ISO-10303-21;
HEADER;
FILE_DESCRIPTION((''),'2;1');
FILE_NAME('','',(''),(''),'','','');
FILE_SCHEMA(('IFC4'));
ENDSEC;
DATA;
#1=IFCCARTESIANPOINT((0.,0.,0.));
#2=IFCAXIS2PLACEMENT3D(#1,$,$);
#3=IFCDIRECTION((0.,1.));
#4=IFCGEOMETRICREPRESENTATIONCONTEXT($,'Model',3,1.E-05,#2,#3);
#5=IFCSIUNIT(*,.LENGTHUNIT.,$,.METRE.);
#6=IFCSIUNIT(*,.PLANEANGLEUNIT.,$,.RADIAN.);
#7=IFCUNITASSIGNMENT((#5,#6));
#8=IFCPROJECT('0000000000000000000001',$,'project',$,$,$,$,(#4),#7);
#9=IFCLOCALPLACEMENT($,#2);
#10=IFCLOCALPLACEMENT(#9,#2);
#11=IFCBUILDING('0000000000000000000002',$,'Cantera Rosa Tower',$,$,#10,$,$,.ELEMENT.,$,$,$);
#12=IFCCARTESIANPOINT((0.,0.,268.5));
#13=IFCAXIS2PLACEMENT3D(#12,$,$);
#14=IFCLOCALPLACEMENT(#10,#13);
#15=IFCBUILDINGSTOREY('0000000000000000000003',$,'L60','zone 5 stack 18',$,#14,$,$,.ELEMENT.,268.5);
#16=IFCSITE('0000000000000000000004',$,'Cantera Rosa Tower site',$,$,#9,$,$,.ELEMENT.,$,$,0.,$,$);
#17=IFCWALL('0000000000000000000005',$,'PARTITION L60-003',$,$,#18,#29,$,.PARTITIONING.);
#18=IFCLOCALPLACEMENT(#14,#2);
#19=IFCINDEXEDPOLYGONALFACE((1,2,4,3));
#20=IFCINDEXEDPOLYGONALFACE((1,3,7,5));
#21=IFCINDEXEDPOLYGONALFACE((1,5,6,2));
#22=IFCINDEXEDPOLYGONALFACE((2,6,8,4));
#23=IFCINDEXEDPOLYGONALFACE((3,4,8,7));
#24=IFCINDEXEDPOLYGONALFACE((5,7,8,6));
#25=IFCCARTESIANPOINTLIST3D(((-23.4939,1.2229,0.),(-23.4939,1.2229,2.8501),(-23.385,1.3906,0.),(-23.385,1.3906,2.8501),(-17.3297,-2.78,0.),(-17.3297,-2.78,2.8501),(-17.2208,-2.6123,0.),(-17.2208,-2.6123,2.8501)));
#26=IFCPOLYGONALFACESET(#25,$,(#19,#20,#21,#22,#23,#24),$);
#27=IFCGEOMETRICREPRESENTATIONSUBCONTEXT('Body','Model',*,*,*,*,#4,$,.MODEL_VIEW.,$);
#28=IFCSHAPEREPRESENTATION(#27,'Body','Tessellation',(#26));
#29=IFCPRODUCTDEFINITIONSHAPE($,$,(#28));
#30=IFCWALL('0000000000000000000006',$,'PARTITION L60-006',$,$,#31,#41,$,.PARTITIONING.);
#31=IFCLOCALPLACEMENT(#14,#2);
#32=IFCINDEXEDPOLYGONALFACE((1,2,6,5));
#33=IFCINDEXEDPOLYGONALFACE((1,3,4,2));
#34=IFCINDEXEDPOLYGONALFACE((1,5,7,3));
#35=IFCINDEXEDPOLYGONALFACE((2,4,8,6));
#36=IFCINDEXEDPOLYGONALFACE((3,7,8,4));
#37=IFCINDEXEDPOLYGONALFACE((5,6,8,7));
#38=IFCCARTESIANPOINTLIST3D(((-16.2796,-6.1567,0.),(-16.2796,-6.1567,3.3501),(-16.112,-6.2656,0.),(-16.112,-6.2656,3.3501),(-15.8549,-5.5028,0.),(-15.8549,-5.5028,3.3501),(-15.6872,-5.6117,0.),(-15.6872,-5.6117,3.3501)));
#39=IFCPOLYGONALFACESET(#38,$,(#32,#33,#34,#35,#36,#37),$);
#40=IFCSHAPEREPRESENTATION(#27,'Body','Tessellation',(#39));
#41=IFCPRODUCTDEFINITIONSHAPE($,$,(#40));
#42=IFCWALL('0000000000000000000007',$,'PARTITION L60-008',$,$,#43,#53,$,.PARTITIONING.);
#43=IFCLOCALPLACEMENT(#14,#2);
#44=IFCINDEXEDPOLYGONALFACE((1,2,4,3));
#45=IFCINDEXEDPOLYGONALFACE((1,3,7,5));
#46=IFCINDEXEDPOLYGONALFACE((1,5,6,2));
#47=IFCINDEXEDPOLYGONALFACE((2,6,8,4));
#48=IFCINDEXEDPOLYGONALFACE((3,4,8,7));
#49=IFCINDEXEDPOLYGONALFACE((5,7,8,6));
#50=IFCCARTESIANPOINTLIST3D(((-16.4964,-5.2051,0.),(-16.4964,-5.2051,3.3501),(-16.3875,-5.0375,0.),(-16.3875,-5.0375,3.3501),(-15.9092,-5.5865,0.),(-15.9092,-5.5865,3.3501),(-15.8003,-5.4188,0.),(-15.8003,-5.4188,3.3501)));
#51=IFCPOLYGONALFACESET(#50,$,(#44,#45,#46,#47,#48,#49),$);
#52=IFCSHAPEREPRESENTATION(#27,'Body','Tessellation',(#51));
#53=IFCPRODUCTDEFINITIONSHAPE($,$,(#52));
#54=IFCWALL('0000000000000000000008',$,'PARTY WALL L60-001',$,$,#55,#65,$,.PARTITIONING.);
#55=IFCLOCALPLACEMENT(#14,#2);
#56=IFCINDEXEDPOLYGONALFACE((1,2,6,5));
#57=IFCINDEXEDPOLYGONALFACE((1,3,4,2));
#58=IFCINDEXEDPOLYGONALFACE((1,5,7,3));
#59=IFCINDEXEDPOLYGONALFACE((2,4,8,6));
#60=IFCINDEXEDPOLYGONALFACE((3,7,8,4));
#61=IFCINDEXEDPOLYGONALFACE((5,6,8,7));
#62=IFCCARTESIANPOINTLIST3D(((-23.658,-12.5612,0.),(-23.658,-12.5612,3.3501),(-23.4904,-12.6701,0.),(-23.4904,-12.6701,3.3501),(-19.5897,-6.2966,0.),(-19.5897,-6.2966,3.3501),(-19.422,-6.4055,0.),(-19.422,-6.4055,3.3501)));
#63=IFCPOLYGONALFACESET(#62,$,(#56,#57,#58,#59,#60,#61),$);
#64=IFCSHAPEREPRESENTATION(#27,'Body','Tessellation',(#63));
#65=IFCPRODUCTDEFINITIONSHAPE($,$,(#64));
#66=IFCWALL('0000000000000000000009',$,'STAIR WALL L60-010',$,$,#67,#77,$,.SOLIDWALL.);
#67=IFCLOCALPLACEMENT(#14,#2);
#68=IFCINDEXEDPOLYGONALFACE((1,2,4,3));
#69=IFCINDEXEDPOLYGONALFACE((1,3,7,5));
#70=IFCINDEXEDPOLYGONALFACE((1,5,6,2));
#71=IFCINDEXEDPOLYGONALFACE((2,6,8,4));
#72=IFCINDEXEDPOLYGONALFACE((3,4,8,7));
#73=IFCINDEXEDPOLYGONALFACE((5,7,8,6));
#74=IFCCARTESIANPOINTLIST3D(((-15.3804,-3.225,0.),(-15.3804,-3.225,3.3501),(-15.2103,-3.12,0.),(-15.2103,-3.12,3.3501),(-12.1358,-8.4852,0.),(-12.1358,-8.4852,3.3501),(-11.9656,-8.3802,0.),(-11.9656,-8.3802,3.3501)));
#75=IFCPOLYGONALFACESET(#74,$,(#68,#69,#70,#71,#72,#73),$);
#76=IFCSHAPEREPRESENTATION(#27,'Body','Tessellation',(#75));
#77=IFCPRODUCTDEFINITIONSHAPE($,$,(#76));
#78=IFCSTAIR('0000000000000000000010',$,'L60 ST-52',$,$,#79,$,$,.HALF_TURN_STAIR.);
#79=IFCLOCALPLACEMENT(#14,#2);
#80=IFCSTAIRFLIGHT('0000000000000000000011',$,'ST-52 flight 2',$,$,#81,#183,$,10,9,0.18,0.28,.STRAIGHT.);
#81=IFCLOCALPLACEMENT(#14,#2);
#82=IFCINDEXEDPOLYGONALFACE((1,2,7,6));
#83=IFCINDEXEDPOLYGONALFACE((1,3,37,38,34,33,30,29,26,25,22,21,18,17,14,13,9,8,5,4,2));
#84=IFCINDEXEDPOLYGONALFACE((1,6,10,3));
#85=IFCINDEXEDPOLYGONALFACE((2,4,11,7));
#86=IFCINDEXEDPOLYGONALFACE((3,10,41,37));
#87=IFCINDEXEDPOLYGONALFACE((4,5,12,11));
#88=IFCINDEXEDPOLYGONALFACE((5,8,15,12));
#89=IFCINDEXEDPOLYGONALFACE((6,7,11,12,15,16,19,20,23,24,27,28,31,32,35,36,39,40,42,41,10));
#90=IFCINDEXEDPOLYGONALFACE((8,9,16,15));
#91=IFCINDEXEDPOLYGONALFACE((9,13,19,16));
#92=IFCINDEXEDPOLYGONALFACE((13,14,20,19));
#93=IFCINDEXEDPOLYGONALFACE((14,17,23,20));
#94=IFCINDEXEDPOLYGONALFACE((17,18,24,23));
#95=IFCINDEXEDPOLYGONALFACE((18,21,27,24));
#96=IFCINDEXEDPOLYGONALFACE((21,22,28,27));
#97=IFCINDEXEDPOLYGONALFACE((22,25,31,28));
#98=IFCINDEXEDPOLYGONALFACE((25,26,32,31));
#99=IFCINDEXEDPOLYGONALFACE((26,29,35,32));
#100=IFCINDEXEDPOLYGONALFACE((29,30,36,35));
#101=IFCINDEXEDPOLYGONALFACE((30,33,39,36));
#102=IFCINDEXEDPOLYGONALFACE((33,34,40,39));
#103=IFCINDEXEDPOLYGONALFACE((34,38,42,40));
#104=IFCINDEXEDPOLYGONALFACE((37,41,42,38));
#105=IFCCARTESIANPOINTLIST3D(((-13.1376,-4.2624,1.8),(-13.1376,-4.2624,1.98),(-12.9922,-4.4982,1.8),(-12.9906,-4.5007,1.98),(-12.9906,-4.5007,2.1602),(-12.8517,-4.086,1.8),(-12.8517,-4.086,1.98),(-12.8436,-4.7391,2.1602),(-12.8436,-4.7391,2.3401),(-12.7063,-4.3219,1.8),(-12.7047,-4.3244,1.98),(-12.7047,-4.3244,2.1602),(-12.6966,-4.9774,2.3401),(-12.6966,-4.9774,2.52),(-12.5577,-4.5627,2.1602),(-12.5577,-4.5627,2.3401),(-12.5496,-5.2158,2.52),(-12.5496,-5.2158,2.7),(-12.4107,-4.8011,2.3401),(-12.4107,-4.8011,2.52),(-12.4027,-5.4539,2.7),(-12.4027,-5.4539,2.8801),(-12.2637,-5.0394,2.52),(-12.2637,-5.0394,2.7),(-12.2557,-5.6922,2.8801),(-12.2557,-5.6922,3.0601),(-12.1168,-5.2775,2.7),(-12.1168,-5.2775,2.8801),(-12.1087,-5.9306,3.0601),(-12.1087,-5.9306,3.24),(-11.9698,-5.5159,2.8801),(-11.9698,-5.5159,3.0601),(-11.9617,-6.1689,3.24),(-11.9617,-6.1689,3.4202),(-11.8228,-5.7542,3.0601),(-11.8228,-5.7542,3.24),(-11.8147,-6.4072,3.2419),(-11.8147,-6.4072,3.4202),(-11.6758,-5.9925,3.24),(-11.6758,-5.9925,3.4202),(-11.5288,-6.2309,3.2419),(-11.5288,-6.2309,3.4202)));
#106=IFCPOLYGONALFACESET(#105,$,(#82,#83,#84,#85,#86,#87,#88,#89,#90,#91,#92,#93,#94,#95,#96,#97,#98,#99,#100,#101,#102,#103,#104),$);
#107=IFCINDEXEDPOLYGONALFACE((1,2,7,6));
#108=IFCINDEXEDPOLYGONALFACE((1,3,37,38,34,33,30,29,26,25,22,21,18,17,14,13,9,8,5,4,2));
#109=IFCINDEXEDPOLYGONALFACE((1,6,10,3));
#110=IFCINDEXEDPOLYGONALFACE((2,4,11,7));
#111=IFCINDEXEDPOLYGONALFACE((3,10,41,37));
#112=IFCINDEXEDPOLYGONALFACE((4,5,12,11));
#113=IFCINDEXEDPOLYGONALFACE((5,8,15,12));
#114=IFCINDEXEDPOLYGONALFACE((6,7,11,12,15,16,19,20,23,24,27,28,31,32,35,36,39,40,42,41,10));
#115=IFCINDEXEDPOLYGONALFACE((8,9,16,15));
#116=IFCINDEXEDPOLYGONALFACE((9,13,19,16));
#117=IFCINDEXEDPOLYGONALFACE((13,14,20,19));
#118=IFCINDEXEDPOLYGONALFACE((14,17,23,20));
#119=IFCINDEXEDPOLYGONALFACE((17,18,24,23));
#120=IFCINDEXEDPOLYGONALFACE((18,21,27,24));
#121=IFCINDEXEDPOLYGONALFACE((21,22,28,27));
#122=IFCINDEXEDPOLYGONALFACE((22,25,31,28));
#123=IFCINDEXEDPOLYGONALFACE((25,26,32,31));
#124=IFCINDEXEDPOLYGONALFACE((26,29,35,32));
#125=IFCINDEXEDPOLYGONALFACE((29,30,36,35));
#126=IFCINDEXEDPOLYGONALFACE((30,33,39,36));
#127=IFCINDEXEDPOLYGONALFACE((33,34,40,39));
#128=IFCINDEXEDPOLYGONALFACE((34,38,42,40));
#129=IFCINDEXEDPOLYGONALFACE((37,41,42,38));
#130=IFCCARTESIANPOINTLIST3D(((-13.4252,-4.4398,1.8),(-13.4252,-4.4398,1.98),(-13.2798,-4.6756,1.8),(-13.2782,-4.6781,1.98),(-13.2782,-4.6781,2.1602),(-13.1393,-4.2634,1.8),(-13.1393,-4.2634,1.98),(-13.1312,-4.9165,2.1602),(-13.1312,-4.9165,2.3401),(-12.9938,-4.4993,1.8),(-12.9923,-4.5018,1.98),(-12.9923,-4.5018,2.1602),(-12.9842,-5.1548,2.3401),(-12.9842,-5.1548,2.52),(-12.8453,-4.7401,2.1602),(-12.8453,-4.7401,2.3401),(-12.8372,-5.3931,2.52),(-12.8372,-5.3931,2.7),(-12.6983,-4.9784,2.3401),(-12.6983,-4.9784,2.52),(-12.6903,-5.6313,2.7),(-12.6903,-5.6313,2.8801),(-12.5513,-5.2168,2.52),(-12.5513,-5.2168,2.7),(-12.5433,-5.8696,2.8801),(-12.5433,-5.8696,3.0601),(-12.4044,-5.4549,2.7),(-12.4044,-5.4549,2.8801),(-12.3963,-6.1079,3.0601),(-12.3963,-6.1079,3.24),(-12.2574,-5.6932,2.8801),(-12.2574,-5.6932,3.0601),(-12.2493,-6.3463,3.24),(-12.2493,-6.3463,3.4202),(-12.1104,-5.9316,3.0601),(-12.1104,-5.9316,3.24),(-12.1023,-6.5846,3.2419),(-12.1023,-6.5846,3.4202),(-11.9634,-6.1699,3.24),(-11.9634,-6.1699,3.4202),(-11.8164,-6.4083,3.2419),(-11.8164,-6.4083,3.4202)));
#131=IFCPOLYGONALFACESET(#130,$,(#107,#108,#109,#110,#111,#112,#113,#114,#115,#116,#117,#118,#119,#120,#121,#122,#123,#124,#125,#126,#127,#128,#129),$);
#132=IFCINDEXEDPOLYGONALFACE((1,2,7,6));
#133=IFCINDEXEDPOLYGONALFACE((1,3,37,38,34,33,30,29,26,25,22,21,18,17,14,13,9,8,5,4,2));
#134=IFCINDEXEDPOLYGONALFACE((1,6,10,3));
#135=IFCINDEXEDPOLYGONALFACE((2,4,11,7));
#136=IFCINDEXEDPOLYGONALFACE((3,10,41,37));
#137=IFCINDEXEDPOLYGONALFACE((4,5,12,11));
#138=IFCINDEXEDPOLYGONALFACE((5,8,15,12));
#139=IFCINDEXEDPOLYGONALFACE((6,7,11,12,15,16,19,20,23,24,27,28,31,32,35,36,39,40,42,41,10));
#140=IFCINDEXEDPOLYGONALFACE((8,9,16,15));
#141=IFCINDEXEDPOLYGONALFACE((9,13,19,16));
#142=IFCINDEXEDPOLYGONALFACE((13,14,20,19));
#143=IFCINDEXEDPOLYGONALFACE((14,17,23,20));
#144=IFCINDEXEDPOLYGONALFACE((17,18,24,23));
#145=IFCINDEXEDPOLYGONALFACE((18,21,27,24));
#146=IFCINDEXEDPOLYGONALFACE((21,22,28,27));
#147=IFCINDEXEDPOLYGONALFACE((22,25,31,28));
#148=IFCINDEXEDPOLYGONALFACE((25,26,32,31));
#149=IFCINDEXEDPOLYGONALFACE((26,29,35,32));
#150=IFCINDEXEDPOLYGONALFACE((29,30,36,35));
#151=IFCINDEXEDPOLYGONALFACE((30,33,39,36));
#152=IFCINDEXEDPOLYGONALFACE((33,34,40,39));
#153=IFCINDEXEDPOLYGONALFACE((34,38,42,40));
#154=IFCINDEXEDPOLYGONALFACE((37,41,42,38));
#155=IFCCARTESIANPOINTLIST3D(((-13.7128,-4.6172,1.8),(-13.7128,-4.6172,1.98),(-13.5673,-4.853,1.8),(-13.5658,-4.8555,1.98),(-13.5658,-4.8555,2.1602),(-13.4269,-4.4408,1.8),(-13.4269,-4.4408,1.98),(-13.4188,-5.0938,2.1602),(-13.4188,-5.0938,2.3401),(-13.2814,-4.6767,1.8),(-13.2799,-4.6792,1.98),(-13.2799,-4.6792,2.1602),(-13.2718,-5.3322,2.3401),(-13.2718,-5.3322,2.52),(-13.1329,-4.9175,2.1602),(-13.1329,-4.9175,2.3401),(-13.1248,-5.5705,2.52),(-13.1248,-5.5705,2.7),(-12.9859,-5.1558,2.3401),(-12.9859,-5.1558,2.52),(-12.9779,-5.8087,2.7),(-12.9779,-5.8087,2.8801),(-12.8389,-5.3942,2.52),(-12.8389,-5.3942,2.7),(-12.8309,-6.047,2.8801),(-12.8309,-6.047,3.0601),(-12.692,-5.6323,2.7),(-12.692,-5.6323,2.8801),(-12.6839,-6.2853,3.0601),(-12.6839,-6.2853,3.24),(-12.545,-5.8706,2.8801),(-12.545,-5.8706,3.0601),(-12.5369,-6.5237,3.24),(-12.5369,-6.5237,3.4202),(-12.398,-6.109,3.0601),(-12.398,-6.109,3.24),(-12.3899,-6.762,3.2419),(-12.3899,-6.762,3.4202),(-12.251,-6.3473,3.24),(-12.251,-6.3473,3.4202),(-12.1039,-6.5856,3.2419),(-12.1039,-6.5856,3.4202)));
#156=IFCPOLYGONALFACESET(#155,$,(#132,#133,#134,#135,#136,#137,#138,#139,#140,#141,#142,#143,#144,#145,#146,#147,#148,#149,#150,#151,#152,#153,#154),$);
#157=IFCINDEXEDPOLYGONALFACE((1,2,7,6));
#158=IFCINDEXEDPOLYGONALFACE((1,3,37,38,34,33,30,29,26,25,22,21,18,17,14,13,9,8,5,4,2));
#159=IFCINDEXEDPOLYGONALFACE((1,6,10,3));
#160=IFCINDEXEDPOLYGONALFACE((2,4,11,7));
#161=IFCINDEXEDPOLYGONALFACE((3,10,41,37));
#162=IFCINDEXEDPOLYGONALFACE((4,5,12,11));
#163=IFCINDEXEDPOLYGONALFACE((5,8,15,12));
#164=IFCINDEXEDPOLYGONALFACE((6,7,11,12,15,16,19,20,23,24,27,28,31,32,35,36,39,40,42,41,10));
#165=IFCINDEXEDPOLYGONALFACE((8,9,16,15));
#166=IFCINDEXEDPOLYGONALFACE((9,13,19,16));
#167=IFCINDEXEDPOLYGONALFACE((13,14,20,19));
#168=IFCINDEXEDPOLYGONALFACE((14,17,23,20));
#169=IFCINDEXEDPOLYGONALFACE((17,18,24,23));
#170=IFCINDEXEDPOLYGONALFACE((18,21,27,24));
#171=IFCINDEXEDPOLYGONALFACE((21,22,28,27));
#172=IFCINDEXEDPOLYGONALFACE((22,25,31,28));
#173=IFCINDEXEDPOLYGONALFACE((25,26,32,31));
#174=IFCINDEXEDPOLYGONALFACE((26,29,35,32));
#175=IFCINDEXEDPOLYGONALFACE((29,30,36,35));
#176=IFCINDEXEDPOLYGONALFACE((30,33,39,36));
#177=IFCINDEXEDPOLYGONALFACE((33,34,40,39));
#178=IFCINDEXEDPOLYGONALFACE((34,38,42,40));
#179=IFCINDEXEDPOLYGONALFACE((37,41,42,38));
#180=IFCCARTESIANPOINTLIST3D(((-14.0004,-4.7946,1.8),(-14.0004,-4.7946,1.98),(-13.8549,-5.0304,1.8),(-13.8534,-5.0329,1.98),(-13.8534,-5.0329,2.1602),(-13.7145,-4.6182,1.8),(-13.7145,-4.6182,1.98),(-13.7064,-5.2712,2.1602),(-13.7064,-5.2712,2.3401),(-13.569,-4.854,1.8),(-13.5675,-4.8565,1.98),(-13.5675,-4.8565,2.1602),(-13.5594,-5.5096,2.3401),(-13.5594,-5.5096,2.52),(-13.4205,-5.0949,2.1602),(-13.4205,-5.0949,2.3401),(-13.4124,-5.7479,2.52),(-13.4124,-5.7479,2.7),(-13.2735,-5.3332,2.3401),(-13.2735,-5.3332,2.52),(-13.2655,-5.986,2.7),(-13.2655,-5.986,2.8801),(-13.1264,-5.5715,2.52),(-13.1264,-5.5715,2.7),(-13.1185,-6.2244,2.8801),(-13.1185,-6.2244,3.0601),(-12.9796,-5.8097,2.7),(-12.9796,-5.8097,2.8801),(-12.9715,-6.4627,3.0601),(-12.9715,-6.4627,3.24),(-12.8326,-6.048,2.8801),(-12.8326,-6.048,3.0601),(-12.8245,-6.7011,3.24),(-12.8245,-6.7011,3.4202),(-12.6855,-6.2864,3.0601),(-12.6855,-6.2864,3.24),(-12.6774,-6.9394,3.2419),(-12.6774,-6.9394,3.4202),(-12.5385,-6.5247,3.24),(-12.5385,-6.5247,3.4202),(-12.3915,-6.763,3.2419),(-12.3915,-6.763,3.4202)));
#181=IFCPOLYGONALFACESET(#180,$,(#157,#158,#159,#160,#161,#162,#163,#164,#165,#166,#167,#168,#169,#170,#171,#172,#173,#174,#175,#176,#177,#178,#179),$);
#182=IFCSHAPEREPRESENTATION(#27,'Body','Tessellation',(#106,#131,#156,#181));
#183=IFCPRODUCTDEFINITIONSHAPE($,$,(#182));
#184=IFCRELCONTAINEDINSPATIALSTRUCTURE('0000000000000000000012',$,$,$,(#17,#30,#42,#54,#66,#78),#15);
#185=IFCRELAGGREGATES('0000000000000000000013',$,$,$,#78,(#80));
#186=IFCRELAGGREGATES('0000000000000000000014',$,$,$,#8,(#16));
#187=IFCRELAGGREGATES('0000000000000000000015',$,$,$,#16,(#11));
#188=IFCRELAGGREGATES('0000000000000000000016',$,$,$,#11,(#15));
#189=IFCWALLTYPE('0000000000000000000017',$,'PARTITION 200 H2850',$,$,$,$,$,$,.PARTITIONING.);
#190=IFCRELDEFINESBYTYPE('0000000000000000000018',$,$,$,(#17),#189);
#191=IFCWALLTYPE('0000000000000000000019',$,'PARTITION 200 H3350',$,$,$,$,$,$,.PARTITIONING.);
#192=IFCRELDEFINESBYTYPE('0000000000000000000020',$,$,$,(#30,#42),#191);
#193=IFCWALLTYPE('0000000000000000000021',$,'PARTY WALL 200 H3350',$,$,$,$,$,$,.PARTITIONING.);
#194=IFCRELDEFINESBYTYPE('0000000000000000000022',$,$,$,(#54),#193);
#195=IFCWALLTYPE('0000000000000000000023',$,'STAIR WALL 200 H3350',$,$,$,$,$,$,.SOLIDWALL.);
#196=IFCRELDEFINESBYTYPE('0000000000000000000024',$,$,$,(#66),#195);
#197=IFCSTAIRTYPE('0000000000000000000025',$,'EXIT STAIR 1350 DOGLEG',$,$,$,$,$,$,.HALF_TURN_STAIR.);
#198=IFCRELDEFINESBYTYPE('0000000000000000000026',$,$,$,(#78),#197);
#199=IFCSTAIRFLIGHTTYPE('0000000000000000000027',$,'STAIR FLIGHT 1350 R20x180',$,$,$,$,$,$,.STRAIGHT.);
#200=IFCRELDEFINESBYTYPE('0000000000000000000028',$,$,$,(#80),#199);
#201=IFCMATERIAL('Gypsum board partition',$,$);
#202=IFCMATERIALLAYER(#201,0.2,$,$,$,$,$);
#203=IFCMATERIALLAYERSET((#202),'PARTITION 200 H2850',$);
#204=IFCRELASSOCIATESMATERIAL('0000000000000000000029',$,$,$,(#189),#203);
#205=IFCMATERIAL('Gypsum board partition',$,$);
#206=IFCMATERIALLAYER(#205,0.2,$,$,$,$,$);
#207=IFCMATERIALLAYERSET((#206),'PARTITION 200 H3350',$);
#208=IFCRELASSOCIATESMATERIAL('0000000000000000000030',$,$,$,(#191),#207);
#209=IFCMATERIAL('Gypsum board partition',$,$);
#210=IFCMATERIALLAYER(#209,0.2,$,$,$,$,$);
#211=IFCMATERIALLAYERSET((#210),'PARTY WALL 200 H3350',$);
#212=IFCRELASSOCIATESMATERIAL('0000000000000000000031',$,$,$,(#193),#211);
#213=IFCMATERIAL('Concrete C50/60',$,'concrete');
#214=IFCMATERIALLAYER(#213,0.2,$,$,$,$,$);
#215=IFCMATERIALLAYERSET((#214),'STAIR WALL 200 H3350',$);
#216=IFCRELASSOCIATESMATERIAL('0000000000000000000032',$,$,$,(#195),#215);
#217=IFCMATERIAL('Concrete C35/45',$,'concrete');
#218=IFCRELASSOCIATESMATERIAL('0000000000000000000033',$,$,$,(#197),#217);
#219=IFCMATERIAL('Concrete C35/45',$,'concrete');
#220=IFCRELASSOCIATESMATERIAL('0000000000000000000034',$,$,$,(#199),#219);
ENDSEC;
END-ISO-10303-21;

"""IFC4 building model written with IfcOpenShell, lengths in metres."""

from ifc_helpers import new_model, si_unit, direction, frame, frame_2d, origin, place, context, subcontext, project, spatial, polyline, rectangle, outline, extrude, material, layer, layer_set, type_object, element, aggregate, save


model = new_model("IFC4")

# Units and contexts
model_context = context("Model", 3, precision=1e-05, world=origin(), true_north=direction((0.0, 1.0)))
body_context = subcontext(model_context, "Body", "Model", "MODEL_VIEW")
ifc_project = project(units=[si_unit("LENGTHUNIT", "METRE"), si_unit("PLANEANGLEUNIT", "RADIAN")], contexts=[model_context])

# Site, building, storey
site_placement = place(None, origin())
site = spatial("IfcSite", under=ifc_project, at=site_placement, Name="Cantera Rosa Tower site", CompositionType="ELEMENT", RefElevation=0.0)
building_placement = place(site_placement, origin())
building = spatial("IfcBuilding", under=site, at=building_placement, Name="Cantera Rosa Tower", CompositionType="ELEMENT")
storey_placement = place(building_placement, frame((0.0, 0.0, 268.5)))
storey = spatial("IfcBuildingStorey", under=building, at=storey_placement, Name="L60", Description="zone 5 stack 18", CompositionType="ELEMENT", Elevation=268.5)

# Walls
ifc_material_1 = material(Name="Gypsum board partition")
ifc_layer_1 = layer(ifc_material_1, 0.2)
ifc_layer_set_1 = layer_set([ifc_layer_1], Name="PARTITION 200 H2850")
wall_type_1 = type_object("IfcWallType", Name="PARTITION 200 H2850", PredefinedType="PARTITIONING", material=ifc_layer_set_1)
wall_1_placement = place(storey_placement, frame((-17.2754, -2.696, 0.0), z_axis=(0.0, 0.0, 1.0), x_axis=(-0.838684, 0.544618, 0.0)))
element("IfcWall", 1, at=wall_1_placement, inside=storey, type_object=wall_type_1, Name="PARTITION L60-003", PredefinedType="PARTITIONING", context=body_context, shape_type="SweptSolid", body=[
    extrude(rectangle(XDim=7.3499, YDim=0.2, at=frame_2d((3.6748, 0.0))), origin(), (0.0, 0.0, 1.0), 2.8501),
])
ifc_material_2 = material(Name="Gypsum board partition")
ifc_layer_2 = layer(ifc_material_2, 0.2)
ifc_layer_set_2 = layer_set([ifc_layer_2], Name="PARTITION 200 H3350")
wall_type_2 = type_object("IfcWallType", Name="PARTITION 200 H3350", PredefinedType="PARTITIONING", material=ifc_layer_set_2)
wall_2_placement = place(storey_placement, frame((-16.1958, -6.2112, 0.0), z_axis=(0.0, 0.0, 1.0), x_axis=(0.544691, 0.838637, 0.0)))
element("IfcWall", 2, at=wall_2_placement, inside=storey, type_object=wall_type_2, Name="PARTITION L60-006", PredefinedType="PARTITIONING", context=body_context, shape_type="SweptSolid", body=[
    extrude(rectangle(XDim=0.7798, YDim=0.2, at=frame_2d((0.3899, 0.0))), origin(), (0.0, 0.0, 1.0), 3.3501),
])
wall_3_placement = place(storey_placement, frame((-15.8547, -5.5027, 0.0), z_axis=(0.0, 0.0, 1.0), x_axis=(-0.838643, 0.544682, 0.0)))
element("IfcWall", 3, at=wall_3_placement, inside=storey, type_object=wall_type_2, Name="PARTITION L60-008", PredefinedType="PARTITIONING", context=body_context, shape_type="SweptSolid", body=[
    extrude(rectangle(XDim=0.7002, YDim=0.2, at=frame_2d((0.3501, 0.0))), origin(), (0.0, 0.0, 1.0), 3.3501),
])
ifc_material_3 = material(Name="Gypsum board partition")
ifc_layer_3 = layer(ifc_material_3, 0.2)
ifc_layer_set_3 = layer_set([ifc_layer_3], Name="PARTY WALL 200 H3350")
wall_type_3 = type_object("IfcWallType", Name="PARTY WALL 200 H3350", PredefinedType="PARTITIONING", material=ifc_layer_set_3)
wall_4_placement = place(storey_placement, frame((-19.5059, -6.3511, 0.0), z_axis=(0.0, 0.0, 1.0), x_axis=(-0.544644, -0.838668, 0.0)))
element("IfcWall", 4, at=wall_4_placement, inside=storey, type_object=wall_type_3, Name="PARTY WALL L60-001", PredefinedType="PARTITIONING", context=body_context, shape_type="SweptSolid", body=[
    extrude(rectangle(XDim=7.4697, YDim=0.2, at=frame_2d((3.7349, 0.0))), origin(), (0.0, 0.0, 1.0), 3.3501),
])
ifc_material_4 = material(Name="Concrete C50/60", Category="concrete")
ifc_layer_4 = layer(ifc_material_4, 0.2)
ifc_layer_set_4 = layer_set([ifc_layer_4], Name="STAIR WALL 200 H3350")
wall_type_4 = type_object("IfcWallType", Name="STAIR WALL 200 H3350", PredefinedType="SOLIDWALL", material=ifc_layer_set_4)
wall_5_placement = place(storey_placement, frame((-15.2954, -3.1724, 0.0), z_axis=(0.0, 0.0, 1.0), x_axis=(0.524983, -0.851113, 0.0)))
element("IfcWall", 5, at=wall_5_placement, inside=storey, type_object=wall_type_4, Name="STAIR WALL L60-010", PredefinedType="SOLIDWALL", context=body_context, shape_type="SweptSolid", body=[
    extrude(rectangle(XDim=6.1804, YDim=0.2, at=frame_2d((3.0903, 0.0))), origin(), (0.0, 0.0, 1.0), 3.3501),
])

# Stair, stair flight
ifc_material_5 = material(Name="Concrete C35/45", Category="concrete")
stair_type = type_object("IfcStairType", Name="EXIT STAIR 1350 DOGLEG", PredefinedType="HALF_TURN_STAIR", material=ifc_material_5)
stair_placement = place(storey_placement, origin())
stair = element("IfcStair", 6, at=stair_placement, inside=storey, type_object=stair_type, Name="L60 ST-52", PredefinedType="HALF_TURN_STAIR")
ifc_material_6 = material(Name="Concrete C35/45", Category="concrete")
stair_flight_type = type_object("IfcStairFlightType", Name="STAIR FLIGHT 1350 R20x180", PredefinedType="STRAIGHT", material=ifc_material_6)
stair_flight_placement = place(storey_placement, frame((-13.4263, -4.4404, 1.8), z_axis=(0.0, 0.0, 1.0), x_axis=(0.524977, -0.851117, 0.0)))
stair_flight = element("IfcStairFlight", 7, at=stair_flight_placement, type_object=stair_flight_type, Name="ST-52 flight 2", NumberOfRisers=10, NumberOfTreads=9, PredefinedType="STRAIGHT", RiserHeight=0.18, TreadLength=0.28, context=body_context, shape_type="SweptSolid", body=[
    extrude(outline(polyline([(0.0, 0.0), (0.0, 0.1799), (0.28, 0.1799), (0.28, 0.3601), (0.5601, 0.3601), (0.5601, 0.54), (0.8401, 0.54), (0.8401, 0.72), (1.1201, 0.72), (1.1201, 0.8999), (1.3999, 0.8999), (1.3999, 1.0801), (1.6799, 1.0801), (1.6799, 1.26), (1.96, 1.26), (1.96, 1.4399), (2.24, 1.4399), (2.24, 1.6201), (2.52, 1.6201), (2.52, 1.8), (2.52, 1.4419), (0.2771, 0.0), (0.0, 0.0)])), frame((0.0, 0.675, 0.0), z_axis=(0.0, -1.0, 0.0), x_axis=(1.0, 0.0, 0.0)), (0.0, 0.0, 1.0), 0.3359),
    extrude(outline(polyline([(0.0, 0.0), (0.0, 0.1799), (0.28, 0.1799), (0.28, 0.3601), (0.5601, 0.3601), (0.5601, 0.54), (0.8401, 0.54), (0.8401, 0.72), (1.1201, 0.72), (1.1201, 0.8999), (1.3999, 0.8999), (1.3999, 1.0801), (1.6799, 1.0801), (1.6799, 1.26), (1.96, 1.26), (1.96, 1.4399), (2.24, 1.4399), (2.24, 1.6201), (2.52, 1.6201), (2.52, 1.8), (2.52, 1.4419), (0.2771, 0.0), (0.0, 0.0)])), frame((0.0, 0.3372, 0.0), z_axis=(0.0, -1.0, 0.0), x_axis=(1.0, 0.0, 0.0)), (0.0, 0.0, 1.0), 0.3359),
    extrude(outline(polyline([(0.0, 0.0), (0.0, 0.1799), (0.28, 0.1799), (0.28, 0.3601), (0.5601, 0.3601), (0.5601, 0.54), (0.8401, 0.54), (0.8401, 0.72), (1.1201, 0.72), (1.1201, 0.8999), (1.3999, 0.8999), (1.3999, 1.0801), (1.6799, 1.0801), (1.6799, 1.26), (1.96, 1.26), (1.96, 1.4399), (2.24, 1.4399), (2.24, 1.6201), (2.52, 1.6201), (2.52, 1.8), (2.52, 1.4419), (0.2771, 0.0), (0.0, 0.0)])), frame((0.0, -0.0007, 0.0), z_axis=(0.0, -1.0, 0.0), x_axis=(1.0, 0.0, 0.0)), (0.0, 0.0, 1.0), 0.3359),
    extrude(outline(polyline([(0.0, 0.0), (0.0, 0.1799), (0.28, 0.1799), (0.28, 0.3601), (0.5601, 0.3601), (0.5601, 0.54), (0.8401, 0.54), (0.8401, 0.72), (1.1201, 0.72), (1.1201, 0.8999), (1.3999, 0.8999), (1.3999, 1.0801), (1.6799, 1.0801), (1.6799, 1.26), (1.96, 1.26), (1.96, 1.4399), (2.24, 1.4399), (2.24, 1.6201), (2.52, 1.6201), (2.52, 1.8), (2.52, 1.4419), (0.2771, 0.0), (0.0, 0.0)])), frame((0.0, -0.3386, 0.0), z_axis=(0.0, -1.0, 0.0), x_axis=(1.0, 0.0, 0.0)), (0.0, 0.0, 1.0), 0.3359),
])
aggregate(stair, [stair_flight])

save(model, "model.ifc")
